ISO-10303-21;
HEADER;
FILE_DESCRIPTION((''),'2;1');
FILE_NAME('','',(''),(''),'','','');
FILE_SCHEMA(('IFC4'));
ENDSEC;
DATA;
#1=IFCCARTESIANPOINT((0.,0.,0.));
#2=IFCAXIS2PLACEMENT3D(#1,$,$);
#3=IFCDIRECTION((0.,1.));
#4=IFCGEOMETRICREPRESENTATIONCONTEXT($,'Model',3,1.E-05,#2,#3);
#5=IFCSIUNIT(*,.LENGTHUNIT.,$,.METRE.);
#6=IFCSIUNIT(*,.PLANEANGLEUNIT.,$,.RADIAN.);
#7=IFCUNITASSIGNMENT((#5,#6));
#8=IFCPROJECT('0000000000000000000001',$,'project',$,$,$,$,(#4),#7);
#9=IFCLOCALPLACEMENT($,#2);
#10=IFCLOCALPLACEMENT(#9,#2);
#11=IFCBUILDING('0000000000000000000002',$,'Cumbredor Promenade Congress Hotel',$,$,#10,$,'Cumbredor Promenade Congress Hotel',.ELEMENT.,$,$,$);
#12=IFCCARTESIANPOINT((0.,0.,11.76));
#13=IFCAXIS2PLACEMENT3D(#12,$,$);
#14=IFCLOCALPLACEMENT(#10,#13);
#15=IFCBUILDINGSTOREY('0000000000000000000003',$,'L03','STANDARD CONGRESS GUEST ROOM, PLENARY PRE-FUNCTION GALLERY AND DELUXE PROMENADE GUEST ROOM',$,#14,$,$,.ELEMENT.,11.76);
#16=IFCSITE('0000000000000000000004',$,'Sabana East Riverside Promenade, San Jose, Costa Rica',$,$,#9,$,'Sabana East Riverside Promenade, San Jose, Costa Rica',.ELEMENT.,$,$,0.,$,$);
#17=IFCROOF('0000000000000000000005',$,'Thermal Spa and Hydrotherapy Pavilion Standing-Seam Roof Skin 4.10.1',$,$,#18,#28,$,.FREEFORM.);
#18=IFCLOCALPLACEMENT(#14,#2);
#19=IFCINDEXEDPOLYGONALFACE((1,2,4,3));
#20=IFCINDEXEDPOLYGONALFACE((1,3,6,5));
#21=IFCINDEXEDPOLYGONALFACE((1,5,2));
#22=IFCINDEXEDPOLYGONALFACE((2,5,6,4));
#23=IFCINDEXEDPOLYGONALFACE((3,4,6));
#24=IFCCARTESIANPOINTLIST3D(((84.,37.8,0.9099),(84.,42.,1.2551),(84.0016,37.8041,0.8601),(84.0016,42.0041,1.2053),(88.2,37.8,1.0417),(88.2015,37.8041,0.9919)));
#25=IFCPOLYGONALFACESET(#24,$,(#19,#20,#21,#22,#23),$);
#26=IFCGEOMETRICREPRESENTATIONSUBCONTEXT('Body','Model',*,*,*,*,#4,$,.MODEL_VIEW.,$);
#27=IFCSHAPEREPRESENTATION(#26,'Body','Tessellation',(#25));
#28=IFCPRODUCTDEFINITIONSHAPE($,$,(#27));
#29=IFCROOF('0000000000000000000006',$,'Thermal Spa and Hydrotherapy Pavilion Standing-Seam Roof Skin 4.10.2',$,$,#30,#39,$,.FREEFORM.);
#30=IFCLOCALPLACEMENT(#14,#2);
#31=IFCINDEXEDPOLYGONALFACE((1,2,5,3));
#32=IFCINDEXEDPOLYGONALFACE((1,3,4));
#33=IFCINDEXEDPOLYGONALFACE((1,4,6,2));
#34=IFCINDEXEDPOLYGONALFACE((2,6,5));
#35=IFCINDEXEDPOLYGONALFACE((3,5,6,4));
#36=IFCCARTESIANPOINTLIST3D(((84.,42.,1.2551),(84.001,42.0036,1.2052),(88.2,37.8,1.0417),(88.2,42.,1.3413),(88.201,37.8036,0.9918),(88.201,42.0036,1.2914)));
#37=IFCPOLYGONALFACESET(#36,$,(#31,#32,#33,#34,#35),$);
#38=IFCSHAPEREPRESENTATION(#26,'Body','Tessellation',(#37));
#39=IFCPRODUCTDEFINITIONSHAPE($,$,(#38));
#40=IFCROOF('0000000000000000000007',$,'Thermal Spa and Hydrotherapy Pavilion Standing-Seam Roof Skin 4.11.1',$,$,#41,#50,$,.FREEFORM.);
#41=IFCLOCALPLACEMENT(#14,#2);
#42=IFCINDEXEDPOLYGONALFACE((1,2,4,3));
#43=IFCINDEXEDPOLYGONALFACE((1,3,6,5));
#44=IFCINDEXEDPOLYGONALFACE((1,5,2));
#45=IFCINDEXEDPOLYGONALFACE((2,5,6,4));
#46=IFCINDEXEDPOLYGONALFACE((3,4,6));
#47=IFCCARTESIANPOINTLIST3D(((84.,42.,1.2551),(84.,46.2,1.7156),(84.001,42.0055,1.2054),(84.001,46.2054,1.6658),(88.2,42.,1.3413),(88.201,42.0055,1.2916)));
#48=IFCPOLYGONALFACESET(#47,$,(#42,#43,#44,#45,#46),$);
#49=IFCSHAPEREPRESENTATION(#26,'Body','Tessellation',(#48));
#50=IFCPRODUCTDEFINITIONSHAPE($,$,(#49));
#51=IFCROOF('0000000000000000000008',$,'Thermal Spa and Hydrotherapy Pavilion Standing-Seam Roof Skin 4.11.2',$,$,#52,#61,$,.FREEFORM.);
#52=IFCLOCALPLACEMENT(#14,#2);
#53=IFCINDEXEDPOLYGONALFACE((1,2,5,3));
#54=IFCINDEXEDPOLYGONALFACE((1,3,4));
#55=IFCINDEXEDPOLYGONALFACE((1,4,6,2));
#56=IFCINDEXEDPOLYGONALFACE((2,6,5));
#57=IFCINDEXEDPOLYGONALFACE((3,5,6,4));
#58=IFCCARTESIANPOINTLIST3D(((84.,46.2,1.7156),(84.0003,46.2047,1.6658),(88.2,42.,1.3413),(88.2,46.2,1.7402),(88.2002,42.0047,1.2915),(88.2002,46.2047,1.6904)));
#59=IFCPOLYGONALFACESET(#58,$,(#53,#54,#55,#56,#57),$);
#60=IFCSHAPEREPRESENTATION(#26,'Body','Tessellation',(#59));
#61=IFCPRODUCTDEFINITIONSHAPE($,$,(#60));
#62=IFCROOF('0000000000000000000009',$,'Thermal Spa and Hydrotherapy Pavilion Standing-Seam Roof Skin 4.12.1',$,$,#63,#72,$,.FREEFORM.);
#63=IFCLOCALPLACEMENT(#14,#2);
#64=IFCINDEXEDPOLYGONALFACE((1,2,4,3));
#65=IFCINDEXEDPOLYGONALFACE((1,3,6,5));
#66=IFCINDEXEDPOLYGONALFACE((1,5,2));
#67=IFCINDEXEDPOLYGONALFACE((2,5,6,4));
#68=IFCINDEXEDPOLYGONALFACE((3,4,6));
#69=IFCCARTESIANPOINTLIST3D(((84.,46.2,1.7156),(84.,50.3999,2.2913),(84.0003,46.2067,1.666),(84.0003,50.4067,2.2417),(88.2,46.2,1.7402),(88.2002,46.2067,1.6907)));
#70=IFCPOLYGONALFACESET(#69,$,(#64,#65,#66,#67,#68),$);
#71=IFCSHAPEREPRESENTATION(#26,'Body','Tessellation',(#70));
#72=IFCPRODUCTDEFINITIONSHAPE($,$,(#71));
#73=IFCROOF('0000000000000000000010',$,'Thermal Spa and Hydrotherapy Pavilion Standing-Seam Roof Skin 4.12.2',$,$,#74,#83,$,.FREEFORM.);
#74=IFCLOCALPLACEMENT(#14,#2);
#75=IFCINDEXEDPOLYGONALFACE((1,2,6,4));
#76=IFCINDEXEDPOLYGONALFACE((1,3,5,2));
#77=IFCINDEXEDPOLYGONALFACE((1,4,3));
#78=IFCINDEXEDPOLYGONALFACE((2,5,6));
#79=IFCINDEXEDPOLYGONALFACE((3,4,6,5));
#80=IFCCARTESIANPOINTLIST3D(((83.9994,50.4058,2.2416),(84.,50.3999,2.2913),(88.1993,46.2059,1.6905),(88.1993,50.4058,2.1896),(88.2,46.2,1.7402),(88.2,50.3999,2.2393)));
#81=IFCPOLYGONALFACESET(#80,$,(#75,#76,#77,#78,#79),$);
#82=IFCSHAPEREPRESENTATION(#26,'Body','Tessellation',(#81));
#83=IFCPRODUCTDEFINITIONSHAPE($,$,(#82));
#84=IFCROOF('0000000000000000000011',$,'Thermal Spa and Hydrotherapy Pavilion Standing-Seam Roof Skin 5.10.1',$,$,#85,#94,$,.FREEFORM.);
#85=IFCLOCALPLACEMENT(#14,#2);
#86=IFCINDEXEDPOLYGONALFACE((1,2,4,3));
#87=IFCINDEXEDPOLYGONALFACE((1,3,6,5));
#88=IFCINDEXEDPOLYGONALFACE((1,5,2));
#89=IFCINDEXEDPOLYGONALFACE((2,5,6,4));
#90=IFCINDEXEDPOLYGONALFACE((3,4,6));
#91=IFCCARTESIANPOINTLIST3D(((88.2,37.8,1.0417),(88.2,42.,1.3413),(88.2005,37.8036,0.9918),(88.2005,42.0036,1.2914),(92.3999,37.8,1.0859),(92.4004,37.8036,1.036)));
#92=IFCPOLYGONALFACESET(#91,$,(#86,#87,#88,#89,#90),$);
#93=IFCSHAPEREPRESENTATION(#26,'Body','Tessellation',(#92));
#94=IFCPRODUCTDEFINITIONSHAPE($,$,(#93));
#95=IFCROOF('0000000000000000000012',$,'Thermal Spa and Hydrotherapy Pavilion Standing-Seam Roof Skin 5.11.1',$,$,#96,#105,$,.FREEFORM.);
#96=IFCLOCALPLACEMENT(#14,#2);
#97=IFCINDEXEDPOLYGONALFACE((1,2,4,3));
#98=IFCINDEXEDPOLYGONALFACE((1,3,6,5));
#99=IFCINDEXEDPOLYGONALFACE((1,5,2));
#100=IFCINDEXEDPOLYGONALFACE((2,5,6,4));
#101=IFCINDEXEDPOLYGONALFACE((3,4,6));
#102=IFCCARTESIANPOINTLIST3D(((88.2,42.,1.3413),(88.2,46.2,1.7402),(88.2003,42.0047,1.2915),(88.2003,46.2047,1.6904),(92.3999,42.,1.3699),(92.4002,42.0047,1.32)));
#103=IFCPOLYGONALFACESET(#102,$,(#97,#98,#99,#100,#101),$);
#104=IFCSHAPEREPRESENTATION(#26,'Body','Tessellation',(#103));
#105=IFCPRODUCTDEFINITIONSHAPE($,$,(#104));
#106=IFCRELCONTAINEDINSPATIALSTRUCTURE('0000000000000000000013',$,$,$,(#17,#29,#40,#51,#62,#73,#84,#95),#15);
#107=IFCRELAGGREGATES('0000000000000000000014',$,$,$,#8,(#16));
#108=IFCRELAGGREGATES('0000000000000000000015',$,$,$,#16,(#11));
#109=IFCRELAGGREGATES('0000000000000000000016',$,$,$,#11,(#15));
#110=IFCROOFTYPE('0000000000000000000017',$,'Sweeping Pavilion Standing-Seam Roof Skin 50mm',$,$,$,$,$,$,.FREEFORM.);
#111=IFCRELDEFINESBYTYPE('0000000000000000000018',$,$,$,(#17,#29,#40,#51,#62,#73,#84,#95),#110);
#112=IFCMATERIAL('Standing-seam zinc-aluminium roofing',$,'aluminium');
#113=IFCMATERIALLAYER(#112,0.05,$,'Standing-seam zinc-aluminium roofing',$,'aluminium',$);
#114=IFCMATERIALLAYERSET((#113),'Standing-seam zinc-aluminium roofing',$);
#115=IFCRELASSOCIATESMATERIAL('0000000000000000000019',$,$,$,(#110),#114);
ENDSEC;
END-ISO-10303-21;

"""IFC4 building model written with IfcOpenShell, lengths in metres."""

from ifc_helpers import new_model, si_unit, direction, frame, origin, place, context, subcontext, project, spatial, polyline, outline, extrude, material, layer, layer_set, type_object, element, save


model = new_model("IFC4")

# Units and contexts
model_context = context("Model", 3, precision=1e-05, world=origin(), true_north=direction((0.0, 1.0)))
body_context = subcontext(model_context, "Body", "Model", "MODEL_VIEW")
ifc_project = project(units=[si_unit("LENGTHUNIT", "METRE"), si_unit("PLANEANGLEUNIT", "RADIAN")], contexts=[model_context])

# Site, building, storey
site_placement = place(None, origin())
site = spatial("IfcSite", under=ifc_project, at=site_placement, Name="Sabana East Riverside Promenade, San Jose, Costa Rica", LongName="Sabana East Riverside Promenade, San Jose, Costa Rica", CompositionType="ELEMENT", RefElevation=0.0)
building_placement = place(site_placement, origin())
building = spatial("IfcBuilding", under=site, at=building_placement, Name="Cumbredor Promenade Congress Hotel", LongName="Cumbredor Promenade Congress Hotel", CompositionType="ELEMENT")
storey_placement = place(building_placement, frame((0.0, 0.0, 11.76)))
storey = spatial("IfcBuildingStorey", under=building, at=storey_placement, Name="L03", Description="STANDARD CONGRESS GUEST ROOM, PLENARY PRE-FUNCTION GALLERY AND DELUXE PROMENADE GUEST ROOM", CompositionType="ELEMENT", Elevation=11.76)

# Roofs
ifc_material_1 = material(Name="Standing-seam zinc-aluminium roofing", Category="aluminium")
ifc_layer_1 = layer(ifc_material_1, 0.05, Name="Standing-seam zinc-aluminium roofing", Category="aluminium")
ifc_layer_set_1 = layer_set([ifc_layer_1], Name="Standing-seam zinc-aluminium roofing")
roof_type = type_object("IfcRoofType", Name="Sweeping Pavilion Standing-Seam Roof Skin 50mm", PredefinedType="FREEFORM", material=ifc_layer_set_1)
roof_1_placement = place(storey_placement, frame((84.0, 37.8, 0.9099), z_axis=(-0.031269, -0.081879, 0.996152), x_axis=(0.999508, 0.0, 0.031374)))
element("IfcRoof", 1, at=roof_1_placement, inside=storey, type_object=roof_type, Name="Thermal Spa and Hydrotherapy Pavilion Standing-Seam Roof Skin 4.10.1", PredefinedType="FREEFORM", context=body_context, shape_type="SweptSolid", body=[
    extrude(outline(polyline([(0.0, 0.0), (4.202, 0.0), (0.0108, 4.2141), (0.0, 0.0)])), origin(), (0.0, 0.0, -1.0), 0.05),
])
roof_2_placement = place(storey_placement, frame((88.2, 37.8, 1.0417), z_axis=(-0.020463, -0.071129, 0.997257), x_axis=(0.0, 0.997466, 0.071144)))
element("IfcRoof", 2, at=roof_2_placement, inside=storey, type_object=roof_type, Name="Thermal Spa and Hydrotherapy Pavilion Standing-Seam Roof Skin 4.10.2", PredefinedType="FREEFORM", context=body_context, shape_type="SweptSolid", body=[
    extrude(outline(polyline([(0.0, 0.0), (4.2106, 0.0), (4.2045, 4.2008), (0.0, 0.0)])), origin(), (0.0, 0.0, -1.0), 0.05),
])
roof_3_placement = place(storey_placement, frame((84.0, 42.0, 1.2551), z_axis=(-0.020393, -0.108956, 0.993837), x_axis=(0.99979, 0.0, 0.020515)))
element("IfcRoof", 3, at=roof_3_placement, inside=storey, type_object=roof_type, Name="Thermal Spa and Hydrotherapy Pavilion Standing-Seam Roof Skin 4.11.1", PredefinedType="FREEFORM", context=body_context, shape_type="SweptSolid", body=[
    extrude(outline(polyline([(0.0, 0.0), (4.2008, 0.0), (0.0094, 4.2251), (0.0, 0.0)])), origin(), (0.0, 0.0, -1.0), 0.05),
])
roof_4_placement = place(storey_placement, frame((88.2, 42.0, 1.3413), z_axis=(-0.005845, -0.094556, 0.995502), x_axis=(0.0, 0.995519, 0.094558)))
element("IfcRoof", 4, at=roof_4_placement, inside=storey, type_object=roof_type, Name="Thermal Spa and Hydrotherapy Pavilion Standing-Seam Roof Skin 4.11.2", PredefinedType="FREEFORM", context=body_context, shape_type="SweptSolid", body=[
    extrude(outline(polyline([(0.0, 0.0), (4.2189, 0.0), (4.2165, 4.2), (0.0, 0.0)])), origin(), (0.0, 0.0, -1.0), 0.05),
])
roof_5_placement = place(storey_placement, frame((84.0, 46.2, 1.7156), z_axis=(-0.005817, -0.135797, 0.99072), x_axis=(0.999983, 0.0, 0.005871)))
element("IfcRoof", 5, at=roof_5_placement, inside=storey, type_object=roof_type, Name="Thermal Spa and Hydrotherapy Pavilion Standing-Seam Roof Skin 4.12.1", PredefinedType="FREEFORM", context=body_context, shape_type="SweptSolid", body=[
    extrude(outline(polyline([(0.0, 0.0), (4.2, 0.0), (0.0034, 4.2392), (0.0, 0.0)])), origin(), (0.0, 0.0, -1.0), 0.05),
])
roof_6_placement = place(storey_placement, frame((88.2, 46.2, 1.7402), z_axis=(0.012294, -0.117978, 0.99294), x_axis=(0.0, 0.993015, 0.117987)))
element("IfcRoof", 6, at=roof_6_placement, inside=storey, type_object=roof_type, Name="Thermal Spa and Hydrotherapy Pavilion Standing-Seam Roof Skin 4.12.2", PredefinedType="FREEFORM", context=body_context, shape_type="SweptSolid", body=[
    extrude(outline(polyline([(0.0, 0.0), (4.2295, 0.0), (4.2356, 4.2003), (0.0, 0.0)])), origin(), (0.0, 0.0, -1.0), 0.05),
])
roof_7_placement = place(storey_placement, frame((88.2, 37.8, 1.0417), z_axis=(-0.010494, -0.07114, 0.997411), x_axis=(0.999945, 0.0, 0.010521)))
element("IfcRoof", 7, at=roof_7_placement, inside=storey, type_object=roof_type, Name="Thermal Spa and Hydrotherapy Pavilion Standing-Seam Roof Skin 5.10.1", PredefinedType="FREEFORM", context=body_context, shape_type="SweptSolid", body=[
    extrude(outline(polyline([(0.0, 0.0), (4.2002, 0.0), (0.0032, 4.2106), (0.0, 0.0)])), origin(), (0.0, 0.0, -1.0), 0.05),
])
roof_8_placement = place(storey_placement, frame((88.2, 42.0, 1.3413), z_axis=(-0.006771, -0.094556, 0.995497), x_axis=(0.999977, 0.0, 0.006801)))
element("IfcRoof", 8, at=roof_8_placement, inside=storey, type_object=roof_type, Name="Thermal Spa and Hydrotherapy Pavilion Standing-Seam Roof Skin 5.11.1", PredefinedType="FREEFORM", context=body_context, shape_type="SweptSolid", body=[
    extrude(outline(polyline([(0.0, 0.0), (4.2, 0.0), (0.0027, 4.2189), (0.0, 0.0)])), origin(), (0.0, 0.0, -1.0), 0.05),
])

save(model, "model.ifc")
